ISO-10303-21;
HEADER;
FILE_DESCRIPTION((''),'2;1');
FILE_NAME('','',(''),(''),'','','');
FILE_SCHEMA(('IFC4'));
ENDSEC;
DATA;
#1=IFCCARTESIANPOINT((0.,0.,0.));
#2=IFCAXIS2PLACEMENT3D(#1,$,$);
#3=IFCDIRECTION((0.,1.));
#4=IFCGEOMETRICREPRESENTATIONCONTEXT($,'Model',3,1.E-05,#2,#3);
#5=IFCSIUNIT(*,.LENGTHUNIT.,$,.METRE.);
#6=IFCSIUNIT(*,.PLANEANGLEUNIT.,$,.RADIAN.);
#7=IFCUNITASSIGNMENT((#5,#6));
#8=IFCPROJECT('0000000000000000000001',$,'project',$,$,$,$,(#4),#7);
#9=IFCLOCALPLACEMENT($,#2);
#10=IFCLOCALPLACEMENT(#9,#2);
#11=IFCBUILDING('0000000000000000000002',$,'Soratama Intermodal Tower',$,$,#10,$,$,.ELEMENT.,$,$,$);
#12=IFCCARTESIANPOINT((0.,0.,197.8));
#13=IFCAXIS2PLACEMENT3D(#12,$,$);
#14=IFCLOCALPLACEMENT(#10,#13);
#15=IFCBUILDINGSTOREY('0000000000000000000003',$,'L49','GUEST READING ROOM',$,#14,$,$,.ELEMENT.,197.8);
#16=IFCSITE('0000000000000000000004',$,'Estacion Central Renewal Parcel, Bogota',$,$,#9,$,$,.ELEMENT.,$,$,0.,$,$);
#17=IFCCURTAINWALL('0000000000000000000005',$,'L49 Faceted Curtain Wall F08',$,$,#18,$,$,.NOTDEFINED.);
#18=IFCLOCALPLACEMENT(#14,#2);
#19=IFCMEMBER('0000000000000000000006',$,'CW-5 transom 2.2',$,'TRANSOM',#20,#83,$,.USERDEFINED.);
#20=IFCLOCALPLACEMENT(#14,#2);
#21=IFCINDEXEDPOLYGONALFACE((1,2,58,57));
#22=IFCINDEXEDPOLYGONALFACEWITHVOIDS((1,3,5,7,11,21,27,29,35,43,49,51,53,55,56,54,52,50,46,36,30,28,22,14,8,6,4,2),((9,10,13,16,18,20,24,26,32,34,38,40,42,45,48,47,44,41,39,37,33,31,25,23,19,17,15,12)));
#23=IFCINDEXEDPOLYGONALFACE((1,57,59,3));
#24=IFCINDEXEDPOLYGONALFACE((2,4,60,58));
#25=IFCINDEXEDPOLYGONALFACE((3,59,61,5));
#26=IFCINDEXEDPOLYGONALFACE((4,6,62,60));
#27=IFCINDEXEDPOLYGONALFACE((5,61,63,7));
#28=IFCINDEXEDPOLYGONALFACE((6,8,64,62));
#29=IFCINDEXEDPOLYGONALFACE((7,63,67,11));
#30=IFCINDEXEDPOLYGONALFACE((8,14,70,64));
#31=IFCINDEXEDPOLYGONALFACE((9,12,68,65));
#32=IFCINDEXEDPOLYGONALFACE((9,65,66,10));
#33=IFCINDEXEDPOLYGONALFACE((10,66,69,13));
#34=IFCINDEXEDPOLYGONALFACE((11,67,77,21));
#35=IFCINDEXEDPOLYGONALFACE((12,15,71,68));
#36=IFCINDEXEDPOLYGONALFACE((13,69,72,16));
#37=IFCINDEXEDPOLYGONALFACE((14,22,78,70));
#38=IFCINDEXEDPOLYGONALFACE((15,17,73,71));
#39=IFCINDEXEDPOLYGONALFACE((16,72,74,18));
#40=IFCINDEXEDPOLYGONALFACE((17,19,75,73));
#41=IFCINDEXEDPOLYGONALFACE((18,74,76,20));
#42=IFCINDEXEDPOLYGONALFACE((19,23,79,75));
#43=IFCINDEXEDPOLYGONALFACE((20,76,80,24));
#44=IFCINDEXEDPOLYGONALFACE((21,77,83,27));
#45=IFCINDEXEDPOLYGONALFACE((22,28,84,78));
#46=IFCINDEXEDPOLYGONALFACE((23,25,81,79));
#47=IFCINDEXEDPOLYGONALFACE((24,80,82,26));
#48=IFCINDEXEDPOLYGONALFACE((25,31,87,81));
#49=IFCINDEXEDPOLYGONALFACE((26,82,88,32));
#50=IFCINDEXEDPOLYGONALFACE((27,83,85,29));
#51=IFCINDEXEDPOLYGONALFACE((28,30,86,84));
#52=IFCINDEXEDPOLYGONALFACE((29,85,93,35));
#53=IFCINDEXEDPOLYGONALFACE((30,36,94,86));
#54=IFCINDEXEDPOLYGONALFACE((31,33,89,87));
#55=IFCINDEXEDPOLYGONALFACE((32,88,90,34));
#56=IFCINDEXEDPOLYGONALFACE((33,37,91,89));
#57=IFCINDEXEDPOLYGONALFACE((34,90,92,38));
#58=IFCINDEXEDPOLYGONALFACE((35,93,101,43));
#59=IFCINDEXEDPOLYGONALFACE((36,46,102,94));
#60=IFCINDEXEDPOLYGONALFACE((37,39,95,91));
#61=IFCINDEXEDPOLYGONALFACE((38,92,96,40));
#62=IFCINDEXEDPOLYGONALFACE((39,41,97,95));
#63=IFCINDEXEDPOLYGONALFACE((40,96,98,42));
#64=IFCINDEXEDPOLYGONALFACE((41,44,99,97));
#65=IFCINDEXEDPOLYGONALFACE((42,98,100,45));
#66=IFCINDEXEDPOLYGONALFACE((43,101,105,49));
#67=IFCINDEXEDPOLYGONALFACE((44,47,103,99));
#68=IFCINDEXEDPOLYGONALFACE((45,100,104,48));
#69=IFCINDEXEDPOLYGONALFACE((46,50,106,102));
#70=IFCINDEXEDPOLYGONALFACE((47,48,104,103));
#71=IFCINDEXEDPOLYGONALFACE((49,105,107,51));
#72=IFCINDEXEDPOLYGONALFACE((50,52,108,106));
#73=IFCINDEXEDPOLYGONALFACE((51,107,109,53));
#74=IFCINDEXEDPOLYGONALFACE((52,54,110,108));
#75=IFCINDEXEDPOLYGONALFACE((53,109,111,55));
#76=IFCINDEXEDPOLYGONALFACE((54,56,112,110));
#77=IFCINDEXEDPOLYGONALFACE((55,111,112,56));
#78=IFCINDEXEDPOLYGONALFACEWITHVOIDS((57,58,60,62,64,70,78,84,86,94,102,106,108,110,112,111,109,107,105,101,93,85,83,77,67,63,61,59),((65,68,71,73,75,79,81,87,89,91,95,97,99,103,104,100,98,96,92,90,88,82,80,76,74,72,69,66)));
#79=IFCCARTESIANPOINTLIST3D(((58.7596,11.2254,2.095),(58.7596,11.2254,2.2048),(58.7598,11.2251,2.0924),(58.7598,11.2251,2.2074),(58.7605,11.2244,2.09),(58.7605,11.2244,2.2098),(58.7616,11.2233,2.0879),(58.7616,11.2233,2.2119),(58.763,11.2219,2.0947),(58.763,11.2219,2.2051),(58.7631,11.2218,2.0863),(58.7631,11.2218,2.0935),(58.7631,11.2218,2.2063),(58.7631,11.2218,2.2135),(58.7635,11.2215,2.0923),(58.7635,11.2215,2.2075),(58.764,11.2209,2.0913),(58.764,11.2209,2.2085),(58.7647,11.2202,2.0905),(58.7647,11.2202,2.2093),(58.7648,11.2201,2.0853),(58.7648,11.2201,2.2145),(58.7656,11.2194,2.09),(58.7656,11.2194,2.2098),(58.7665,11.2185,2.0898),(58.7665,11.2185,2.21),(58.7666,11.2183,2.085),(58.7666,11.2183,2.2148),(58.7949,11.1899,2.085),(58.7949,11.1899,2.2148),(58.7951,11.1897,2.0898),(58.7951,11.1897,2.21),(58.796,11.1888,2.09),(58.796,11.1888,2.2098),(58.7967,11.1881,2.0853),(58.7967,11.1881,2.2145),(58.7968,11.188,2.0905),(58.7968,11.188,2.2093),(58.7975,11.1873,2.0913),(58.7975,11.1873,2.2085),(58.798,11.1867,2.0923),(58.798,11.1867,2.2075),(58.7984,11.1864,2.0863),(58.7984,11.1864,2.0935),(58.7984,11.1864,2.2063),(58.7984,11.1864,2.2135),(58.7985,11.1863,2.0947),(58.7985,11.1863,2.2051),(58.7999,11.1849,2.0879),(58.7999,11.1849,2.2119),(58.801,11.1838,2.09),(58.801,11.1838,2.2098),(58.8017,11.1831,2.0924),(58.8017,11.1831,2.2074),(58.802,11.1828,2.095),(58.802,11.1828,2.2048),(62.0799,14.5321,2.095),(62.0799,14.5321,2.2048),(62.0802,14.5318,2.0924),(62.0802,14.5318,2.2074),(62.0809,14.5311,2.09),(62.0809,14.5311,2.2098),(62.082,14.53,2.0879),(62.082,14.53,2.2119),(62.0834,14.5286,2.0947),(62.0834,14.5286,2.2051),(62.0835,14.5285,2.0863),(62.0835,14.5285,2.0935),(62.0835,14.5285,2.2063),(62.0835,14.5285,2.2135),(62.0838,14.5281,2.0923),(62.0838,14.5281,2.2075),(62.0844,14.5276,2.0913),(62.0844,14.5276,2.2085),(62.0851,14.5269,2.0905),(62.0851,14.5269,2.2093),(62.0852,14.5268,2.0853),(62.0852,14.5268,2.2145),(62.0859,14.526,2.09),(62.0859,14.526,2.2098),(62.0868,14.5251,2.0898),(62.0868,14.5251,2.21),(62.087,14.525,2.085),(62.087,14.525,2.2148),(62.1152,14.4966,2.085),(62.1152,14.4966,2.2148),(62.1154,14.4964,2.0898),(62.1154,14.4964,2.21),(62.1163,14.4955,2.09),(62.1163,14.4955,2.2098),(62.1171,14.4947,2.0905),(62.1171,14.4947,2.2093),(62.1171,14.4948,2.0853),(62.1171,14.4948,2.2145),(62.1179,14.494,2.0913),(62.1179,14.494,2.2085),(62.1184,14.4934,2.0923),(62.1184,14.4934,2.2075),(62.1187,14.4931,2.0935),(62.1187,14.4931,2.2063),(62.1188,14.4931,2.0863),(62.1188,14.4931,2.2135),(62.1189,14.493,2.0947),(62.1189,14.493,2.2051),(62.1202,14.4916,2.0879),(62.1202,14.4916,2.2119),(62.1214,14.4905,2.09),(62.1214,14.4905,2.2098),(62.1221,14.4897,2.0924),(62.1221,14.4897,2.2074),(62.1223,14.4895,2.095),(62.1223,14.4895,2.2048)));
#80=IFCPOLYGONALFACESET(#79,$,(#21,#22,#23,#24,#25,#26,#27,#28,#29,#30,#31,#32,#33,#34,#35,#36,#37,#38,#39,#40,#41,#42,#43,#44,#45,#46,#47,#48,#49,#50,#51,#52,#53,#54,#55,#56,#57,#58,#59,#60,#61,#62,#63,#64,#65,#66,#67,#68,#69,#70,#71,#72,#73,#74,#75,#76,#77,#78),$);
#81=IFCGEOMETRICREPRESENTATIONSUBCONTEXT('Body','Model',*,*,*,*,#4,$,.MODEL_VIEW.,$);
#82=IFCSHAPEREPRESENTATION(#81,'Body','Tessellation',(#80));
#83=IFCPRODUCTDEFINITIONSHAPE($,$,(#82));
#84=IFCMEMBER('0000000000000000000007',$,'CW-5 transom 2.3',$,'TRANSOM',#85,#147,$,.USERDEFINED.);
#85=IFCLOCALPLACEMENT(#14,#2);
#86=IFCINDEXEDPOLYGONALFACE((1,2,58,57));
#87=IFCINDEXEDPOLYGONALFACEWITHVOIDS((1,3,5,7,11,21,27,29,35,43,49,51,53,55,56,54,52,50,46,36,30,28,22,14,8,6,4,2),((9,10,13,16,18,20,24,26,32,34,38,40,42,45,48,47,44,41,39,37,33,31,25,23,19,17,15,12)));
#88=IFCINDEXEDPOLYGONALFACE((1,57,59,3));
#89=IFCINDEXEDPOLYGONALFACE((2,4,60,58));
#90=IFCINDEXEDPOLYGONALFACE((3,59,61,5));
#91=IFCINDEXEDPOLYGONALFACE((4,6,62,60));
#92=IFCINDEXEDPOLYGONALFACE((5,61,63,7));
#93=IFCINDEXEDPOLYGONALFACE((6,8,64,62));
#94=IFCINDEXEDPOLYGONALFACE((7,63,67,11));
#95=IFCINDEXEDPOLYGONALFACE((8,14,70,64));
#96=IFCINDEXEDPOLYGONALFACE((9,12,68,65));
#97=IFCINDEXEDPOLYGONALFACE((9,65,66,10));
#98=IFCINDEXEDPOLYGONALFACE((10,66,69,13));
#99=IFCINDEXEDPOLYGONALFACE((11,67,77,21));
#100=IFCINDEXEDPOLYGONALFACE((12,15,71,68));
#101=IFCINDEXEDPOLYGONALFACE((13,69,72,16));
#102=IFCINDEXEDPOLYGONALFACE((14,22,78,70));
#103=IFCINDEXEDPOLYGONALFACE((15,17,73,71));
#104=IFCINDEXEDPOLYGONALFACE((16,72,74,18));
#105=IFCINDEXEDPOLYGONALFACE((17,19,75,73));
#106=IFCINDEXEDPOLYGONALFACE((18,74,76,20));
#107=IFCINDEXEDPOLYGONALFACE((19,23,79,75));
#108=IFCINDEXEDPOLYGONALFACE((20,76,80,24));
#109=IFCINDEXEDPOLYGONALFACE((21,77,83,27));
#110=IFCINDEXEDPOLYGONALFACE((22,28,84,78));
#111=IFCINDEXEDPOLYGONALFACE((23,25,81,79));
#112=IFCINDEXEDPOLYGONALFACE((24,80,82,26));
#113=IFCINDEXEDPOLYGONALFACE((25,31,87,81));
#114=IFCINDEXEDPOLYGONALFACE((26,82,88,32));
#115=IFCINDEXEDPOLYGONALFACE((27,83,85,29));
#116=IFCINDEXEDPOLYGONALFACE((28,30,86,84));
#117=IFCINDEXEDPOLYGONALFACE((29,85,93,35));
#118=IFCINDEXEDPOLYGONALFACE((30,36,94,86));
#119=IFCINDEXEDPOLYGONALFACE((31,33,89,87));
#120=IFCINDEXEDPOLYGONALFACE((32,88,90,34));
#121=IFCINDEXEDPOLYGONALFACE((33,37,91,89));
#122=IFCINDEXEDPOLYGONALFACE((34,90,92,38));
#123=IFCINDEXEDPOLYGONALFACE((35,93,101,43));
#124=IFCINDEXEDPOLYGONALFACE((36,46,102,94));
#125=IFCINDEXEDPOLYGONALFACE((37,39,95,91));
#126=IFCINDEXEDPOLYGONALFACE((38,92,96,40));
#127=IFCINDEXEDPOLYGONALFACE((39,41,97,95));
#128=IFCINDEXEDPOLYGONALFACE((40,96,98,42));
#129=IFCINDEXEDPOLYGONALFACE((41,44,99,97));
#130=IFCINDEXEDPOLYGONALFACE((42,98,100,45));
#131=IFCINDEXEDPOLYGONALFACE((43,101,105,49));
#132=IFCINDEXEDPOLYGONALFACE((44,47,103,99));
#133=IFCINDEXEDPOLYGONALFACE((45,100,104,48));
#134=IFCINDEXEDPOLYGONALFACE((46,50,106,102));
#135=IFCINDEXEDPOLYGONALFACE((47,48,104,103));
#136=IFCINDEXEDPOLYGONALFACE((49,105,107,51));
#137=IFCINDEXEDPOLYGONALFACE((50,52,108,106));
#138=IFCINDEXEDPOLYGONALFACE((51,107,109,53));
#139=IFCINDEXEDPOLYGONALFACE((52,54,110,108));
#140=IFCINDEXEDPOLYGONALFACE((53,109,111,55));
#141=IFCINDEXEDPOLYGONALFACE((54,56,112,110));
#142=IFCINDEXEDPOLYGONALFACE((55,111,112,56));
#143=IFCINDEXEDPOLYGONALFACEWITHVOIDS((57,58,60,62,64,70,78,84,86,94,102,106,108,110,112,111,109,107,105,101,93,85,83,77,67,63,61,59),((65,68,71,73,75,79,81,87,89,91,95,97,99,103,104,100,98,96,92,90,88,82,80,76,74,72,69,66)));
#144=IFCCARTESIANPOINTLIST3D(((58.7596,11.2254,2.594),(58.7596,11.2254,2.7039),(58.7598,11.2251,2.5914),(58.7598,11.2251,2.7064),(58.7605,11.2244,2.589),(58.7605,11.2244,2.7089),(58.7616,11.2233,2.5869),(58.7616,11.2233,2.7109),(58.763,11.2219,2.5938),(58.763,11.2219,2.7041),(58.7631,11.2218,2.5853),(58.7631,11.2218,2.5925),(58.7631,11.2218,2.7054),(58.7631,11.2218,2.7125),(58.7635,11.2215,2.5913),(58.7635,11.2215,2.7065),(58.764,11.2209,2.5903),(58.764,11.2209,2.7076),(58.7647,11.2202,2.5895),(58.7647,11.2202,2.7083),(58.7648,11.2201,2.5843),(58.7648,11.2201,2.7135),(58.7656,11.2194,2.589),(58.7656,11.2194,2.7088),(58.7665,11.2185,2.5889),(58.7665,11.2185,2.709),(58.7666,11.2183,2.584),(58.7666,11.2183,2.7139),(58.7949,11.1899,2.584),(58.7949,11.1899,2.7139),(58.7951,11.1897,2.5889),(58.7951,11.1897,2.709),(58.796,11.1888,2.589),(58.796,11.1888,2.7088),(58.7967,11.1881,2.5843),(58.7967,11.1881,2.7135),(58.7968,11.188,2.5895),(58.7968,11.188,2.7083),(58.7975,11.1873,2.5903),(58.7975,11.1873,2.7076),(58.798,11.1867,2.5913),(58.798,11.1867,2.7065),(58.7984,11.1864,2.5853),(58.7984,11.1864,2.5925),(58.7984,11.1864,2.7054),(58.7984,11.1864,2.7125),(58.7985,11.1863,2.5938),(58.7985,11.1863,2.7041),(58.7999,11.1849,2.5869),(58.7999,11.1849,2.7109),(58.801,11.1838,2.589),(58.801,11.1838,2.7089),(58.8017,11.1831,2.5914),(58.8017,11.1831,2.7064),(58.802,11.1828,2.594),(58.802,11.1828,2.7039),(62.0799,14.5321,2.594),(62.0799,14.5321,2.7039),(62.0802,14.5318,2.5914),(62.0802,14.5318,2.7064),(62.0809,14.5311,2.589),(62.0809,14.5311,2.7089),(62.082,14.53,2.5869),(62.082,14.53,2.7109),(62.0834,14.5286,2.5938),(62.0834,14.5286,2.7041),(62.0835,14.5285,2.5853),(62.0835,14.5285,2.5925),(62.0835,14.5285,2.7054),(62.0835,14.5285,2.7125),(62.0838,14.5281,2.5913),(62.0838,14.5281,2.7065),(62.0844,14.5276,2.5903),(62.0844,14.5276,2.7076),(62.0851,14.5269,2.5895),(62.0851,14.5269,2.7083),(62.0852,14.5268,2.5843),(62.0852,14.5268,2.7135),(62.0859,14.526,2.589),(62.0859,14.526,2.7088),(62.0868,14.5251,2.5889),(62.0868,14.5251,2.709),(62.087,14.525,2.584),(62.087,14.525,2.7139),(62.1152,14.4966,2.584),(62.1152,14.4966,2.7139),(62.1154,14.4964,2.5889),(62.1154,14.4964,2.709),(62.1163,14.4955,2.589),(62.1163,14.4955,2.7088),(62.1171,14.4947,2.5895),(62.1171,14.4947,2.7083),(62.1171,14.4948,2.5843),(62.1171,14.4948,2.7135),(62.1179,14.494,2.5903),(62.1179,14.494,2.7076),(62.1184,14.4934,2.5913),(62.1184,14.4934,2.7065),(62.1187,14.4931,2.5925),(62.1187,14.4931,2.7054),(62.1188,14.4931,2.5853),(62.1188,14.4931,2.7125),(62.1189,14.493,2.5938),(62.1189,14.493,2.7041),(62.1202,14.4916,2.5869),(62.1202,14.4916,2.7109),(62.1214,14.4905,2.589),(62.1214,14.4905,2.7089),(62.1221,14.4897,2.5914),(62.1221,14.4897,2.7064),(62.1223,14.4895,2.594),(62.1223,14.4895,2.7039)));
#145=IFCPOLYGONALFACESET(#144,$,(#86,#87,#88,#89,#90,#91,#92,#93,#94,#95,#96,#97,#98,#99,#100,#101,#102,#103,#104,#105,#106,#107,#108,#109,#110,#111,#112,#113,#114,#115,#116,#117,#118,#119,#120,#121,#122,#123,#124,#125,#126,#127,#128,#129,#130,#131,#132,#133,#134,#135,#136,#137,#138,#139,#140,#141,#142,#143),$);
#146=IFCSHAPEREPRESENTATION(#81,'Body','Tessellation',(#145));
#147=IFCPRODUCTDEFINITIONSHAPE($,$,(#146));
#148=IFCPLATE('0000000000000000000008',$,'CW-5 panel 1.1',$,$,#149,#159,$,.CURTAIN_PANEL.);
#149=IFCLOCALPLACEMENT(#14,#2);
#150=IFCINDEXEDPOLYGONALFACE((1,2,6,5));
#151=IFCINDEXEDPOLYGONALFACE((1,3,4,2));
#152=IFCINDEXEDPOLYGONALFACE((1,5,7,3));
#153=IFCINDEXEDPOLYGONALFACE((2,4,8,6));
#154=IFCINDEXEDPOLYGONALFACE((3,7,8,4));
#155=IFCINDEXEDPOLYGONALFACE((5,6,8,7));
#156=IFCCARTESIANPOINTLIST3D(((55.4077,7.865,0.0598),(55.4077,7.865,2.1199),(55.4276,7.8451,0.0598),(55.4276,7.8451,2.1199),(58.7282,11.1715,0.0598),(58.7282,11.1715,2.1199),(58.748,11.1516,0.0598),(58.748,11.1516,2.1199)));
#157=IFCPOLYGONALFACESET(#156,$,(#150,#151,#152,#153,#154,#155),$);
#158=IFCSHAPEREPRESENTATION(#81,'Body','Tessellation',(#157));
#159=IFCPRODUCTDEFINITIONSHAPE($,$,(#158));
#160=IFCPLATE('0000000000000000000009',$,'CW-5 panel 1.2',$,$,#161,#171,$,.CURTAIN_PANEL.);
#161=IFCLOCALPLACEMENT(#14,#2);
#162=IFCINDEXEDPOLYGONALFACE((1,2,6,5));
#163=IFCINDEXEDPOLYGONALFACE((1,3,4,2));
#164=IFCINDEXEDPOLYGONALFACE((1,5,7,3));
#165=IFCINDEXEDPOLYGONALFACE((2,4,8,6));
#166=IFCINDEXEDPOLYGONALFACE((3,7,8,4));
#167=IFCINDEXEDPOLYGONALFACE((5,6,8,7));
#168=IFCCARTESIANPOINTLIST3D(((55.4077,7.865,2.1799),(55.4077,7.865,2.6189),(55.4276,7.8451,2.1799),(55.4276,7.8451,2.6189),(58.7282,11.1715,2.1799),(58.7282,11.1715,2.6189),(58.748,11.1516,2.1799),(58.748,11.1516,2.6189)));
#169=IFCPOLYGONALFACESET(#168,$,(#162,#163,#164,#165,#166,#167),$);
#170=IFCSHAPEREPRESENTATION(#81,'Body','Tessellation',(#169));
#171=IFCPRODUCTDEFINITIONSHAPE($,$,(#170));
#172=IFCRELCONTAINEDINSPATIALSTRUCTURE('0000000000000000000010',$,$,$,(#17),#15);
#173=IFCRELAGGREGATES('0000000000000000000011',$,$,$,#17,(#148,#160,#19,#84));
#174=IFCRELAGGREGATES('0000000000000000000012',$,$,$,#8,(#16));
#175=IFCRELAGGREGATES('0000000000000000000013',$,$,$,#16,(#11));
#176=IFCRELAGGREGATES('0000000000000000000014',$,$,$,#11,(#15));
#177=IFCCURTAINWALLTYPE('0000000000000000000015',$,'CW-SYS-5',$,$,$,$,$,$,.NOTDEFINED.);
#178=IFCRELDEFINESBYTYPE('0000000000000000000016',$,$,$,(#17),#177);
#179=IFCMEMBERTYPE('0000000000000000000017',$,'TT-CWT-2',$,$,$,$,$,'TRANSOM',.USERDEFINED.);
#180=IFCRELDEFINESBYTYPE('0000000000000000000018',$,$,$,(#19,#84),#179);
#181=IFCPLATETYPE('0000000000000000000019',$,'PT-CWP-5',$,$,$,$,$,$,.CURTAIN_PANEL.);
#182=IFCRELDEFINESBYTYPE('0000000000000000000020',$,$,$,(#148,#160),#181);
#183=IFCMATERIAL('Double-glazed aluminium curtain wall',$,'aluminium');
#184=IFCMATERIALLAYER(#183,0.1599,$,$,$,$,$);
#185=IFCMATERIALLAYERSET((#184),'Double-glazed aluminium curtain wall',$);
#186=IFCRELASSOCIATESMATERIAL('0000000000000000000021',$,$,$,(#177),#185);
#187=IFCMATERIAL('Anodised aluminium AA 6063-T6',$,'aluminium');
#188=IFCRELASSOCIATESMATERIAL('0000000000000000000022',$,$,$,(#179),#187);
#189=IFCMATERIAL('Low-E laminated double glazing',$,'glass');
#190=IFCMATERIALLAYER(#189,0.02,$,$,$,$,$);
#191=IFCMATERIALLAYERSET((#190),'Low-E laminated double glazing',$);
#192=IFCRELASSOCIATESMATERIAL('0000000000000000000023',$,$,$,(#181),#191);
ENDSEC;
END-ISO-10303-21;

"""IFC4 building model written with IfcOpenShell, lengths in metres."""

from ifc_helpers import new_model, si_unit, direction, frame, origin, origin_2d, place, context, subcontext, project, spatial, rectangle, hollow_rectangle, extrude, material, layer, layer_set, material_profile, profile_set, type_object, element, aggregate, save


model = new_model("IFC4")

# Units and contexts
model_context = context("Model", 3, precision=1e-05, world=origin(), true_north=direction((0.0, 1.0)))
body_context = subcontext(model_context, "Body", "Model", "MODEL_VIEW")
ifc_project = project(units=[si_unit("LENGTHUNIT", "METRE"), si_unit("PLANEANGLEUNIT", "RADIAN")], contexts=[model_context])

# Site, building, storey
site_placement = place(None, origin())
site = spatial("IfcSite", under=ifc_project, at=site_placement, Name="Estacion Central Renewal Parcel, Bogota", CompositionType="ELEMENT", RefElevation=0.0)
building_placement = place(site_placement, origin())
building = spatial("IfcBuilding", under=site, at=building_placement, Name="Soratama Intermodal Tower", CompositionType="ELEMENT")
storey_placement = place(building_placement, frame((0.0, 0.0, 197.8)))
storey = spatial("IfcBuildingStorey", under=building, at=storey_placement, Name="L49", Description="GUEST READING ROOM", CompositionType="ELEMENT", Elevation=197.8)

# Curtain wall, members, plates
ifc_material_1 = material(Name="Double-glazed aluminium curtain wall", Category="aluminium")
ifc_layer_1 = layer(ifc_material_1, 0.1599)
ifc_layer_set_1 = layer_set([ifc_layer_1], Name="Double-glazed aluminium curtain wall")
curtain_wall_type = type_object("IfcCurtainWallType", Name="CW-SYS-5", PredefinedType="NOTDEFINED", material=ifc_layer_set_1)
curtain_wall_placement = place(storey_placement, origin())
curtain_wall = element("IfcCurtainWall", 1, at=curtain_wall_placement, inside=storey, type_object=curtain_wall_type, Name="L49 Faceted Curtain Wall F08", PredefinedType="NOTDEFINED")
ifc_material_2 = material(Name="Anodised aluminium AA 6063-T6", Category="aluminium")
ifc_material_profile_1 = material_profile(ifc_material_2, hollow_rectangle(XDim=0.0601, YDim=0.1299, WallThickness=0.0049, InnerFilletRadius=0.0049, OuterFilletRadius=0.01, at=origin_2d()), Name="CWT130X60X5")
ifc_profile_set_1 = profile_set([ifc_material_profile_1], Name="Anodised aluminium AA 6063-T6")
member_type_1 = type_object("IfcMemberType", Name="TT-CWT-2", ElementType="TRANSOM", PredefinedType="USERDEFINED", material=ifc_profile_set_1)
member_1_placement = place(storey_placement, frame((58.7808, 11.2041, 2.1499), z_axis=(0.708564, 0.705646, 0.0), x_axis=(-0.705646, 0.708564, 0.0)))
member_1 = element("IfcMember", 2, at=member_1_placement, type_object=member_type_1, Name="CW-5 transom 2.2", ObjectType="TRANSOM", PredefinedType="USERDEFINED", context=body_context, shape_type="SweptSolid", body=[
    extrude(hollow_rectangle(XDim=0.0601, YDim=0.1299, WallThickness=0.0049, InnerFilletRadius=0.0049, OuterFilletRadius=0.01, at=origin_2d()), origin(), (0.0, 0.0, 1.0), 4.686),
])
member_2_placement = place(storey_placement, frame((58.7808, 11.2041, 2.6489), z_axis=(0.708564, 0.705646, 0.0), x_axis=(-0.705646, 0.708564, 0.0)))
member_2 = element("IfcMember", 3, at=member_2_placement, type_object=member_type_1, Name="CW-5 transom 2.3", ObjectType="TRANSOM", PredefinedType="USERDEFINED", context=body_context, shape_type="SweptSolid", body=[
    extrude(hollow_rectangle(XDim=0.0601, YDim=0.1299, WallThickness=0.0049, InnerFilletRadius=0.0049, OuterFilletRadius=0.01, at=origin_2d()), origin(), (0.0, 0.0, 1.0), 4.686),
])
ifc_material_3 = material(Name="Low-E laminated double glazing", Category="glass")
ifc_layer_2 = layer(ifc_material_3, 0.02)
ifc_layer_set_2 = layer_set([ifc_layer_2], Name="Low-E laminated double glazing")
plate_type = type_object("IfcPlateType", Name="PT-CWP-5", PredefinedType="CURTAIN_PANEL", material=ifc_layer_set_2)
plate_1_placement = place(storey_placement, frame((57.0779, 9.5083, 0.0598), z_axis=(0.0, 0.0, 1.0), x_axis=(0.708587, 0.705624, 0.0)))
plate_1 = element("IfcPlate", 4, at=plate_1_placement, type_object=plate_type, Name="CW-5 panel 1.1", PredefinedType="CURTAIN_PANEL", context=body_context, shape_type="SweptSolid", body=[
    extrude(rectangle(XDim=4.686, YDim=0.0281, at=origin_2d()), origin(), (0.0, 0.0, 1.0), 2.0601),
])
plate_2_placement = place(storey_placement, frame((57.0779, 9.5083, 2.1799), z_axis=(0.0, 0.0, 1.0), x_axis=(0.708587, 0.705624, 0.0)))
plate_2 = element("IfcPlate", 5, at=plate_2_placement, type_object=plate_type, Name="CW-5 panel 1.2", PredefinedType="CURTAIN_PANEL", context=body_context, shape_type="SweptSolid", body=[
    extrude(rectangle(XDim=4.686, YDim=0.0281, at=origin_2d()), origin(), (0.0, 0.0, 1.0), 0.439),
])
aggregate(curtain_wall, [plate_1, plate_2, member_1, member_2])

save(model, "model.ifc")
